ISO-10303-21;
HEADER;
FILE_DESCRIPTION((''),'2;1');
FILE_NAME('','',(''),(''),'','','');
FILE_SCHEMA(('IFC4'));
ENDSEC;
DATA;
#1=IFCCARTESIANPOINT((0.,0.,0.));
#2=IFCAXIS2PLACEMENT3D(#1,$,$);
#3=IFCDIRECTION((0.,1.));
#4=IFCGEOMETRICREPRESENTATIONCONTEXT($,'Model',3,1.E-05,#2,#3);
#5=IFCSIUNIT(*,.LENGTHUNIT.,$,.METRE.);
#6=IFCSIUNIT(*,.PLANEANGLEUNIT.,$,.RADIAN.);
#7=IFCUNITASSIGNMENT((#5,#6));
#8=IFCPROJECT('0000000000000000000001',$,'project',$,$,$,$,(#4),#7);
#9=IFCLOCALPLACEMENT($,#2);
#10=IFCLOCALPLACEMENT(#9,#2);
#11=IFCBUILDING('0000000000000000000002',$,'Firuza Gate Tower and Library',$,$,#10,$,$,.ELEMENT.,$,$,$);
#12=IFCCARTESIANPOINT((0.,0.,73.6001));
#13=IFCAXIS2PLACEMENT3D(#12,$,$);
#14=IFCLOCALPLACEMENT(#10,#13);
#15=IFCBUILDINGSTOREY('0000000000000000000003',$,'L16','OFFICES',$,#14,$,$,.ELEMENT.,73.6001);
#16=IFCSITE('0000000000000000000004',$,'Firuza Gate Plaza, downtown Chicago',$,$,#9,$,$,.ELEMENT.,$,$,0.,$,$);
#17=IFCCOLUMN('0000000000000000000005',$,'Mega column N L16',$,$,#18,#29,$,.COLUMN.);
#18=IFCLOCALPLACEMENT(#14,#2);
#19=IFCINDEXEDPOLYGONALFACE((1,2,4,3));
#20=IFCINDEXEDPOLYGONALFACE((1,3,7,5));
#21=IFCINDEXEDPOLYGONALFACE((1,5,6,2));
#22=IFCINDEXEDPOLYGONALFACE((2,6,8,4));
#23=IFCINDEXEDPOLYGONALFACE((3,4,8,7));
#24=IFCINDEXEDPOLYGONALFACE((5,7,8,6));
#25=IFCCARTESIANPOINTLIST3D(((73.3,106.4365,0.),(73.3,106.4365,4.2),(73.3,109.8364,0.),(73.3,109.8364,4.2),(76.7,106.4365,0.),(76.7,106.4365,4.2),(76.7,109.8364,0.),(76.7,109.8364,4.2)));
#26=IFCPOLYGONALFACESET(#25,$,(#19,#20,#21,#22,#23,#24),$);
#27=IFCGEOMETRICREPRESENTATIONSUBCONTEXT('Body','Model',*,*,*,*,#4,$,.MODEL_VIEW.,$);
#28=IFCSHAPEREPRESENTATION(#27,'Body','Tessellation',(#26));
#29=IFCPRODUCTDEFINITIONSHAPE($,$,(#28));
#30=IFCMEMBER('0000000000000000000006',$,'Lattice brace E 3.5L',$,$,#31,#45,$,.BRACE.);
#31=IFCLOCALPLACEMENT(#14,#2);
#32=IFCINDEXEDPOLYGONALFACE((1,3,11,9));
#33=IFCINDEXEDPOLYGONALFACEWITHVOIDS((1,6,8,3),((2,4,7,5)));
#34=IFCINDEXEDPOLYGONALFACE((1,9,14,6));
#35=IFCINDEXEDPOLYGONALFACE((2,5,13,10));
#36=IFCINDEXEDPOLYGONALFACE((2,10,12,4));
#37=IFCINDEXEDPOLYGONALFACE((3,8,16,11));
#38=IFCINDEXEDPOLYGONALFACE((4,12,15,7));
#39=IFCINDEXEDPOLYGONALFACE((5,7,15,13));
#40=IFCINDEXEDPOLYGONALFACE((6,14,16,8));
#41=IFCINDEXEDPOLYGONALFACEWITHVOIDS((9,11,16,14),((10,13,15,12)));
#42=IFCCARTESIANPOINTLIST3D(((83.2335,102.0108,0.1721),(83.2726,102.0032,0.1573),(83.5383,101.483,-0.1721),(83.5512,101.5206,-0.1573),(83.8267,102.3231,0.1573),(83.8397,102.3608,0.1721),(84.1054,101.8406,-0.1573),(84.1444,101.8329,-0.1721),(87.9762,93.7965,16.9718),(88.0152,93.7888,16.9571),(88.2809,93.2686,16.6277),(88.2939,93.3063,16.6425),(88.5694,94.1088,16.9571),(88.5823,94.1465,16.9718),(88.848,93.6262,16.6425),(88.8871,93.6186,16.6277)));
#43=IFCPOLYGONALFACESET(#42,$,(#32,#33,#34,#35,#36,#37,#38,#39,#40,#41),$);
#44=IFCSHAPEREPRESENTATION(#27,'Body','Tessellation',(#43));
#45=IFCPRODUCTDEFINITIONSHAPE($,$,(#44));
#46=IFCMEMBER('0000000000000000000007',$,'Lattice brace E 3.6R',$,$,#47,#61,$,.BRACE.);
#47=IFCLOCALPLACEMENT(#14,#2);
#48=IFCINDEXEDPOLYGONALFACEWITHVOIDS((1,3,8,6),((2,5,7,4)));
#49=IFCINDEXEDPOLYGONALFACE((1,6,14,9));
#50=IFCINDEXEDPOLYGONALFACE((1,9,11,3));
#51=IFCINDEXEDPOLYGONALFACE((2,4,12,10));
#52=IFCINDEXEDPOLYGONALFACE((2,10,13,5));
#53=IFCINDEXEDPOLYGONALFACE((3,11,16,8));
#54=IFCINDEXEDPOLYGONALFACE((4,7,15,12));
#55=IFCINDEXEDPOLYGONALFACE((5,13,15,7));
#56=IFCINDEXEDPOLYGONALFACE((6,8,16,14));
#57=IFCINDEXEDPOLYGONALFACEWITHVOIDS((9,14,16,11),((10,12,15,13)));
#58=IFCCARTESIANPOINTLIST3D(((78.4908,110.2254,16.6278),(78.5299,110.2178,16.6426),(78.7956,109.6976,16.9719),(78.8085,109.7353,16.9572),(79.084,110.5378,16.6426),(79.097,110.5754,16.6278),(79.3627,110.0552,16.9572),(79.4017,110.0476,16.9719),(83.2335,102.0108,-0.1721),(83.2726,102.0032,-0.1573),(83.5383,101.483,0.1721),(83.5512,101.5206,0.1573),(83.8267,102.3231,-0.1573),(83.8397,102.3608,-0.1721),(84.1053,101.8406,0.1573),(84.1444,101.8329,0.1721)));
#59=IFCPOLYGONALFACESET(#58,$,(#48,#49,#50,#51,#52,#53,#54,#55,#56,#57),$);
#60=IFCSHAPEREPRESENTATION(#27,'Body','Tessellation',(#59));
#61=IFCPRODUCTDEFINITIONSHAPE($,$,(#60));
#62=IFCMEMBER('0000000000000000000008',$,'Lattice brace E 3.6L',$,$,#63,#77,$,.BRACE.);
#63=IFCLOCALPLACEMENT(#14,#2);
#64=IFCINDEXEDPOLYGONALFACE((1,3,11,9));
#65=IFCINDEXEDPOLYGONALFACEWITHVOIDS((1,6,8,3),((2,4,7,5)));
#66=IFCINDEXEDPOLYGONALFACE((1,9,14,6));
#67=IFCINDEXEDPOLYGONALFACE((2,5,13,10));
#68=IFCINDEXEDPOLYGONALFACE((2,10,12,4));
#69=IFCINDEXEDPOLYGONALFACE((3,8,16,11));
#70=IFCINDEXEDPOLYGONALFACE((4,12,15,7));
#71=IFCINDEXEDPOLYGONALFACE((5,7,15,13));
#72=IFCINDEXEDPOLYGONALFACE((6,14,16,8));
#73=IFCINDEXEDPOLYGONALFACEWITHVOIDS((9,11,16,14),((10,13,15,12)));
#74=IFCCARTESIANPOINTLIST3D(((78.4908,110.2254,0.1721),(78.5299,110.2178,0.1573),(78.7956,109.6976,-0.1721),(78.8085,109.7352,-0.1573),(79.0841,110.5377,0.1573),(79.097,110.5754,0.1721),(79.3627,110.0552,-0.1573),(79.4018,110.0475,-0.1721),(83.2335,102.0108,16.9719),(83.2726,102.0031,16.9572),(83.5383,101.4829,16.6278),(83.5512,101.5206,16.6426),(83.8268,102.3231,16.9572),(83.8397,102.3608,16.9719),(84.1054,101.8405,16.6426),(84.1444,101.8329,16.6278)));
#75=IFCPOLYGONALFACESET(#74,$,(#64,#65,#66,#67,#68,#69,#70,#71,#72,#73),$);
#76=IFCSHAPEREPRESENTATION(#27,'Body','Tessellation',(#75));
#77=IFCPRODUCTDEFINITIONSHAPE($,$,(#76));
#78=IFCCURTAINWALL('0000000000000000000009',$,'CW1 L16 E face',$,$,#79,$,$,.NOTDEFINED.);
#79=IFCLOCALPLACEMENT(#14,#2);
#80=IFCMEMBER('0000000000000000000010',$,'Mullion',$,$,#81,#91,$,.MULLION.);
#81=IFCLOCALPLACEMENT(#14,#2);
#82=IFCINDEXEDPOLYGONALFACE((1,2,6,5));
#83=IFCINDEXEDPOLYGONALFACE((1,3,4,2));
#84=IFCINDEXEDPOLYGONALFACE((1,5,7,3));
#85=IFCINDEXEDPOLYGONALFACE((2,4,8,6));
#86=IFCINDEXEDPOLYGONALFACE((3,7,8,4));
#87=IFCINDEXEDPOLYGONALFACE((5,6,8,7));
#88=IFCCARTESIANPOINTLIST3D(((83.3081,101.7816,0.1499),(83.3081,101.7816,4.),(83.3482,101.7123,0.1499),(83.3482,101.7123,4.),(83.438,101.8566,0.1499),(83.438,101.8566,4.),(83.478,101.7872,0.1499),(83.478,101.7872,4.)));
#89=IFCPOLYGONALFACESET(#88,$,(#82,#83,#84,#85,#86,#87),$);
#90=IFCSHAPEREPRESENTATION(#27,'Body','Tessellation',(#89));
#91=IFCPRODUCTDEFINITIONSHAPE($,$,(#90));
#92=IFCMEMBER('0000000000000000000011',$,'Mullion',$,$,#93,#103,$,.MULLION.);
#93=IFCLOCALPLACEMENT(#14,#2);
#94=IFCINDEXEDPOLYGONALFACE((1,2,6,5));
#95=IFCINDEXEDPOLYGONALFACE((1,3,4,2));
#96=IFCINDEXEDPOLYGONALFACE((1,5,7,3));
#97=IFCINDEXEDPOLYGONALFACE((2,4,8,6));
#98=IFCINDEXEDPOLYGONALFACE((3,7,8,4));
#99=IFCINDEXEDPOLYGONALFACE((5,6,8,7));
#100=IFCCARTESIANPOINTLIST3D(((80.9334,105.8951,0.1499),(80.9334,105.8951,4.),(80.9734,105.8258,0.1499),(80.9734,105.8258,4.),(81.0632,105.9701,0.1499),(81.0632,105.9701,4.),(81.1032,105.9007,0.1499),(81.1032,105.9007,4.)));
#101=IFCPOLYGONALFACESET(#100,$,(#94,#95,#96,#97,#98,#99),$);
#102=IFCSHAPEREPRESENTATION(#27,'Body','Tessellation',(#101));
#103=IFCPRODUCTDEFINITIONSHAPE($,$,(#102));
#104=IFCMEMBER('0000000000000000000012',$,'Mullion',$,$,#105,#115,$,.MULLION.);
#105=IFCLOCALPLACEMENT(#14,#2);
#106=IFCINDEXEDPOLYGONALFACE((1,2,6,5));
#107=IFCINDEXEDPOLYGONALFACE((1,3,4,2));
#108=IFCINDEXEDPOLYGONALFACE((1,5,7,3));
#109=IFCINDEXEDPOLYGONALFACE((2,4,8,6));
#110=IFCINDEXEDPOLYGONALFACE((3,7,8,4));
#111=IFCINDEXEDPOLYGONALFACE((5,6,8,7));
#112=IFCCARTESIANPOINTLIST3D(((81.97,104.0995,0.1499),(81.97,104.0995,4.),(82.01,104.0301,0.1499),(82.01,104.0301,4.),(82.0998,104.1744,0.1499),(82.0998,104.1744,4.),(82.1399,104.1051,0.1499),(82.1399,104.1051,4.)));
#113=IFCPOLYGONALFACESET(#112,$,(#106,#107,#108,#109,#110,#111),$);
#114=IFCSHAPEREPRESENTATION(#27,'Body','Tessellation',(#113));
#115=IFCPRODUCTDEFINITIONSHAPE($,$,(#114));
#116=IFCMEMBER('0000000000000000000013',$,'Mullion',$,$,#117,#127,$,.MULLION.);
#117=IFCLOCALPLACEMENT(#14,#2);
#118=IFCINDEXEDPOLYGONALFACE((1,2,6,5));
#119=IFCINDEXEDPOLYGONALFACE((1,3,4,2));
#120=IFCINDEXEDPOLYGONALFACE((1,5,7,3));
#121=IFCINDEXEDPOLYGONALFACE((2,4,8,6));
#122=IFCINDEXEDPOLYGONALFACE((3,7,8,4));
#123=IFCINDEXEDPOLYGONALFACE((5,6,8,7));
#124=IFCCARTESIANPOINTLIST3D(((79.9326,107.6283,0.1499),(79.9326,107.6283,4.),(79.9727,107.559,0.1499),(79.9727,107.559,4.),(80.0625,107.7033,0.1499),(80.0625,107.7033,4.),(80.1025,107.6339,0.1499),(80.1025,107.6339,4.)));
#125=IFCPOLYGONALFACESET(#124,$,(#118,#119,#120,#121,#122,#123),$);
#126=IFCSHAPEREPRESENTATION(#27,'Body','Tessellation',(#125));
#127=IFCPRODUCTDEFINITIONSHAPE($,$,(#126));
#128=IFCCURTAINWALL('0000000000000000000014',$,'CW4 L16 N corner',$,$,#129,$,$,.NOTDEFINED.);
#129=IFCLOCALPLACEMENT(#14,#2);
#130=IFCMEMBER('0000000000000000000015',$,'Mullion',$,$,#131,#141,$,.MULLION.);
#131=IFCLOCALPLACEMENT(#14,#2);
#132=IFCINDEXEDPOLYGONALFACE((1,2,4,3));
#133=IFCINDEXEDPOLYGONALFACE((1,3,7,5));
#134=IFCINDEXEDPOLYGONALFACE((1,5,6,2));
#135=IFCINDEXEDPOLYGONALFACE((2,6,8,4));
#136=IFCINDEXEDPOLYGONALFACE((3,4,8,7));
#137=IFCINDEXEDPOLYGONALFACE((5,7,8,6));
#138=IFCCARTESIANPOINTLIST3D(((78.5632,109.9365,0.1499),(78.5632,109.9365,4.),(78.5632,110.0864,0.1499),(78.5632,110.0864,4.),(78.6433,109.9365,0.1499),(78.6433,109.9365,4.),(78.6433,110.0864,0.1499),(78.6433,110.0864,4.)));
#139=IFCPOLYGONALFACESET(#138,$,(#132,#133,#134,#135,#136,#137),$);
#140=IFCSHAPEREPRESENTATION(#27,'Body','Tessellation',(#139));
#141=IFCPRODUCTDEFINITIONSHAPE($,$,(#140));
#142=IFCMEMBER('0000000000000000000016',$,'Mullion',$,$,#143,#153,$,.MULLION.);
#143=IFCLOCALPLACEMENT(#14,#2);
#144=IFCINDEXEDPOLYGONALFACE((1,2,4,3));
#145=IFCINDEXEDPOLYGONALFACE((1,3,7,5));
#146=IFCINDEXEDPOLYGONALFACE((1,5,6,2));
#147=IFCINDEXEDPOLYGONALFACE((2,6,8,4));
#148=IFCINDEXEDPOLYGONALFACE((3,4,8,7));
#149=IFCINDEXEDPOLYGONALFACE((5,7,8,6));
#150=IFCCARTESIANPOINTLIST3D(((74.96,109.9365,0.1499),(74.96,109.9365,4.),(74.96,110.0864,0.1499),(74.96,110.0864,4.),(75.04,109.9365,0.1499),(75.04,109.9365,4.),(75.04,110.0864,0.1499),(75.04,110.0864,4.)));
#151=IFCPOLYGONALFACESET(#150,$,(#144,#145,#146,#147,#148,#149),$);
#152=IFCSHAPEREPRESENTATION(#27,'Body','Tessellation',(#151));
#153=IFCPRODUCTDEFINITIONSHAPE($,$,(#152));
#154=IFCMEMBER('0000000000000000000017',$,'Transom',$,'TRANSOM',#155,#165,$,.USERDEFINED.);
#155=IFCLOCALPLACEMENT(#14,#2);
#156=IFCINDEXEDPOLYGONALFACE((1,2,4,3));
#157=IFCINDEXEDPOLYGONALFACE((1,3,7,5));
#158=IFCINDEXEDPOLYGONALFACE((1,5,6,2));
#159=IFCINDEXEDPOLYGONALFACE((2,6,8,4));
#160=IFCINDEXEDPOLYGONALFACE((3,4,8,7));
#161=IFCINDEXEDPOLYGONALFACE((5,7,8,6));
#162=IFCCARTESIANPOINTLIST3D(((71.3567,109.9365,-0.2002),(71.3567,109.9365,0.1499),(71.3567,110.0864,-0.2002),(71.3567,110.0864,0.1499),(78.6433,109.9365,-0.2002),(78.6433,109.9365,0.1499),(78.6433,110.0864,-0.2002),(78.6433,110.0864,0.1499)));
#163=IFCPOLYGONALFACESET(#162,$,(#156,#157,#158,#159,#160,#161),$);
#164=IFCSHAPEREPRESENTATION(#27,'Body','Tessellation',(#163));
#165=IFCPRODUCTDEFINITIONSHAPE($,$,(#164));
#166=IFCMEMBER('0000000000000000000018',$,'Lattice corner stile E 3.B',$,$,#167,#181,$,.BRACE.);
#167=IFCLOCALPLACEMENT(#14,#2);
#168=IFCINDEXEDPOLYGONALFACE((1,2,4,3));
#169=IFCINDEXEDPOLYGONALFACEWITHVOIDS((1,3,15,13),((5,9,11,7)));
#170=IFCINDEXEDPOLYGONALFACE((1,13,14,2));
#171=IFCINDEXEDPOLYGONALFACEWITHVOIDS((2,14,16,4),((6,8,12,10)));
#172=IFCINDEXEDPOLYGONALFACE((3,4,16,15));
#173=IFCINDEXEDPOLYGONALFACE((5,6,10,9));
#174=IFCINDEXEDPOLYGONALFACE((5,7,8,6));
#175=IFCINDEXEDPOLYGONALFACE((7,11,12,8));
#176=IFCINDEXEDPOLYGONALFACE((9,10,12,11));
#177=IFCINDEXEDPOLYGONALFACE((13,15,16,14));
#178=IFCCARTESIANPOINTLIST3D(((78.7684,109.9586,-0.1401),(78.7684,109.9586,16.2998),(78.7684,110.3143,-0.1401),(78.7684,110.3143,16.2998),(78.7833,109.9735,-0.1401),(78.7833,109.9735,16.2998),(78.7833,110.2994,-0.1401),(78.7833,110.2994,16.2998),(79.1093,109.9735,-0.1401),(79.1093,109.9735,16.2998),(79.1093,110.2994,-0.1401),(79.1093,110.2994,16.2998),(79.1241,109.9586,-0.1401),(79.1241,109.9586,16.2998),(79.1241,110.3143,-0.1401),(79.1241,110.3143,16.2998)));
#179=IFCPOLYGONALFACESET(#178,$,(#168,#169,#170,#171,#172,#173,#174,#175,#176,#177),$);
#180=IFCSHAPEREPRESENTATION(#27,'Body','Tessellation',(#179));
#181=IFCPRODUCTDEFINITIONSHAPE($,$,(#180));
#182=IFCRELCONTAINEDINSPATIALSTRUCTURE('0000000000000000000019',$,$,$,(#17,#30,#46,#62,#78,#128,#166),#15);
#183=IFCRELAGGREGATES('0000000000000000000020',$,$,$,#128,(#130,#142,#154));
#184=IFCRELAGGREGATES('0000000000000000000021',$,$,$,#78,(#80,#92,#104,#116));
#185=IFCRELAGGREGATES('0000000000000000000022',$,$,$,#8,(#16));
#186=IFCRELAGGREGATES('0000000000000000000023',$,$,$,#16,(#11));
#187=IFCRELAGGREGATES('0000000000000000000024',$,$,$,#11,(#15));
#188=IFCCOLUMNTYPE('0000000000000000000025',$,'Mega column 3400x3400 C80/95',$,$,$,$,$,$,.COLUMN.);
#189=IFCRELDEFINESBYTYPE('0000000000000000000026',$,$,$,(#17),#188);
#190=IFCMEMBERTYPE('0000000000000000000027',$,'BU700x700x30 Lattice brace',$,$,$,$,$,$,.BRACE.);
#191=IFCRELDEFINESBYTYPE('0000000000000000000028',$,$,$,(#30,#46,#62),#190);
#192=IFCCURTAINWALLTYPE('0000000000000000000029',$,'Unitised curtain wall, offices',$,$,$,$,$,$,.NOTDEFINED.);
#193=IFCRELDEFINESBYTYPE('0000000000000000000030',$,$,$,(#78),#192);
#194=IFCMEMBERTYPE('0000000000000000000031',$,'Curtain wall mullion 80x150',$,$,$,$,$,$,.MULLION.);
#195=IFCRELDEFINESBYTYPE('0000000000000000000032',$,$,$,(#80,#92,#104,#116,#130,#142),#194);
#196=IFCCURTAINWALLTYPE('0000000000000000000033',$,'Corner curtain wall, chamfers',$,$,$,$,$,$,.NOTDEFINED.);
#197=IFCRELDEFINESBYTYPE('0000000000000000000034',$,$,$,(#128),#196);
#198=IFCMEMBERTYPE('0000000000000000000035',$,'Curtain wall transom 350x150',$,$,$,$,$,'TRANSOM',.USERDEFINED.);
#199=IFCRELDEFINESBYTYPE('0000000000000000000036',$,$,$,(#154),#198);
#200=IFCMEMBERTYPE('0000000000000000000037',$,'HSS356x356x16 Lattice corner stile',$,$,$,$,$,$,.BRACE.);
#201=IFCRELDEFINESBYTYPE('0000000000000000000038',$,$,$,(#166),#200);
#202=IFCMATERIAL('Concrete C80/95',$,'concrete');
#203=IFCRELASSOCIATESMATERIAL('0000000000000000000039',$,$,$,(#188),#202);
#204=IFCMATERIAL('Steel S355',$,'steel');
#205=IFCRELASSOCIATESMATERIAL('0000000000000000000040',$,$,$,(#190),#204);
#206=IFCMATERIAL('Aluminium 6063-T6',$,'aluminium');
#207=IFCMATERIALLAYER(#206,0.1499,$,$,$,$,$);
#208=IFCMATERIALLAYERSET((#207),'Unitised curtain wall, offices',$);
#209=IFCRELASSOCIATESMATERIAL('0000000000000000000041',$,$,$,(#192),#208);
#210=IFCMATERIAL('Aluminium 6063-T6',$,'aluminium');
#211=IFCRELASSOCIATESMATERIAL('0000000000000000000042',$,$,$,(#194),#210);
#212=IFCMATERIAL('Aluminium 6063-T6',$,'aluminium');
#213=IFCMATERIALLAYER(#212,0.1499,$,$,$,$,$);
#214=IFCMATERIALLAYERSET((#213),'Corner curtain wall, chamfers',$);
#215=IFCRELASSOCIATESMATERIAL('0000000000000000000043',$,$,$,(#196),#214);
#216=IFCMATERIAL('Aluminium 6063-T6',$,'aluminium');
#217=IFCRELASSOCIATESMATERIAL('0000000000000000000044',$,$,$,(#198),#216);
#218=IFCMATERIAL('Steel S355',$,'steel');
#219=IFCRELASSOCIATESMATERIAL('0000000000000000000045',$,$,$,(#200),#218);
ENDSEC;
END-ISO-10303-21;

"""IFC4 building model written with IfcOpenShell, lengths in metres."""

from ifc_helpers import new_model, si_unit, direction, frame, origin, origin_2d, place, context, subcontext, project, spatial, rectangle, hollow_rectangle, extrude, material, layer, layer_set, material_profile, profile_set, type_object, element, aggregate, save


model = new_model("IFC4")

# Units and contexts
model_context = context("Model", 3, precision=1e-05, world=origin(), true_north=direction((0.0, 1.0)))
body_context = subcontext(model_context, "Body", "Model", "MODEL_VIEW")
ifc_project = project(units=[si_unit("LENGTHUNIT", "METRE"), si_unit("PLANEANGLEUNIT", "RADIAN")], contexts=[model_context])

# Site, building, storey
site_placement = place(None, origin())
site = spatial("IfcSite", under=ifc_project, at=site_placement, Name="Firuza Gate Plaza, downtown Chicago", CompositionType="ELEMENT", RefElevation=0.0)
building_placement = place(site_placement, origin())
building = spatial("IfcBuilding", under=site, at=building_placement, Name="Firuza Gate Tower and Library", CompositionType="ELEMENT")
storey_placement = place(building_placement, frame((0.0, 0.0, 73.6001)))
storey = spatial("IfcBuildingStorey", under=building, at=storey_placement, Name="L16", Description="OFFICES", CompositionType="ELEMENT", Elevation=73.6001)

# Column
ifc_material_1 = material(Name="Concrete C80/95", Category="concrete")
ifc_material_profile_1 = material_profile(ifc_material_1, rectangle(XDim=3.3999, YDim=3.3999, at=origin_2d()))
ifc_profile_set_1 = profile_set([ifc_material_profile_1], Name="Concrete C80/95")
column_type = type_object("IfcColumnType", Name="Mega column 3400x3400 C80/95", PredefinedType="COLUMN", material=ifc_profile_set_1)
column_placement = place(storey_placement, frame((75.0, 108.1365, 0.0), z_axis=(0.0, 0.0, 1.0), x_axis=(-1.0, 0.0, 0.0)))
element("IfcColumn", 1, at=column_placement, inside=storey, type_object=column_type, Name="Mega column N L16", PredefinedType="COLUMN", context=body_context, shape_type="SweptSolid", body=[
    extrude(rectangle(XDim=3.3999, YDim=3.3999, at=origin_2d()), origin(), (0.0, 0.0, 1.0), 4.2),
])

# Members
ifc_material_2 = material(Name="Steel S355", Category="steel")
ifc_material_profile_2 = material_profile(ifc_material_2, hollow_rectangle(XDim=0.7, YDim=0.7, WallThickness=0.03, at=origin_2d()))
ifc_profile_set_2 = profile_set([ifc_material_profile_2], Name="Steel S355")
member_type_1 = type_object("IfcMemberType", Name="BU700x700x30 Lattice brace", PredefinedType="BRACE", material=ifc_profile_set_2)
member_1_placement = place(storey_placement, frame((83.689, 101.9219, 0.0), z_axis=(0.24583, -0.425779, 0.870793), x_axis=(0.86602, 0.500009, 0.0)))
element("IfcMember", 2, at=member_1_placement, inside=storey, type_object=member_type_1, Name="Lattice brace E 3.5L", PredefinedType="BRACE", context=body_context, shape_type="SweptSolid", body=[
    extrude(hollow_rectangle(XDim=0.7, YDim=0.7, WallThickness=0.03, at=origin_2d()), origin(), (0.0, 0.0, 1.0), 19.2925),
])
for number, where, z_axis, x_axis, name in (
    (3, (83.689, 101.9219, 0.0), (-0.245828, 0.425789, 0.870788), (-0.866027, -0.499998, 0.0), "Lattice brace E 3.6R"),
    (4, (78.9463, 110.1365, 0.0), (0.245828, -0.425789, 0.870788), (0.866027, 0.499998, 0.0), "Lattice brace E 3.6L"),
):
    element("IfcMember", number, at=place(storey_placement, frame(where, z_axis=z_axis, x_axis=x_axis)), inside=storey, type_object=member_type_1, Name=name, PredefinedType="BRACE", context=body_context, shape_type="SweptSolid", body=[
        extrude(hollow_rectangle(XDim=0.7, YDim=0.7, WallThickness=0.03, at=origin_2d()), origin(), (0.0, 0.0, 1.0), 19.2927),
    ])

# Curtain walls, members
ifc_material_3 = material(Name="Aluminium 6063-T6", Category="aluminium")
ifc_layer_1 = layer(ifc_material_3, 0.1499)
ifc_layer_set_1 = layer_set([ifc_layer_1], Name="Unitised curtain wall, offices")
curtain_wall_type_1 = type_object("IfcCurtainWallType", Name="Unitised curtain wall, offices", PredefinedType="NOTDEFINED", material=ifc_layer_set_1)
placement = place(storey_placement, origin())
curtain_wall_1 = element("IfcCurtainWall", 5, at=placement, inside=storey, type_object=curtain_wall_type_1, Name="CW1 L16 E face", PredefinedType="NOTDEFINED")
ifc_material_4 = material(Name="Aluminium 6063-T6", Category="aluminium")
ifc_material_profile_3 = material_profile(ifc_material_4, rectangle(XDim=0.1499, YDim=0.0801, at=origin_2d()))
ifc_profile_set_3 = profile_set([ifc_material_profile_3], Name="Aluminium 6063-T6")
member_type_2 = type_object("IfcMemberType", Name="Curtain wall mullion 80x150", PredefinedType="MULLION", material=ifc_profile_set_3)
member_2_placement = place(storey_placement, frame((83.3931, 101.7844, 0.1499), z_axis=(0.0, 0.0, 1.0), x_axis=(-0.866025, -0.5, 0.0)))
member_2 = element("IfcMember", 6, at=member_2_placement, type_object=member_type_2, Name="Mullion", PredefinedType="MULLION", context=body_context, shape_type="SweptSolid", body=[
    extrude(rectangle(XDim=0.1499, YDim=0.0801, at=origin_2d()), origin(), (0.0, 0.0, 1.0), 3.8501),
])
member_3_placement = place(storey_placement, frame((81.0183, 105.8979, 0.1499), z_axis=(0.0, 0.0, 1.0), x_axis=(-0.866025, -0.5, 0.0)))
member_3 = element("IfcMember", 7, at=member_3_placement, type_object=member_type_2, Name="Mullion", PredefinedType="MULLION", context=body_context, shape_type="SweptSolid", body=[
    extrude(rectangle(XDim=0.1499, YDim=0.0801, at=origin_2d()), origin(), (0.0, 0.0, 1.0), 3.8501),
])
member_4_placement = place(storey_placement, frame((82.0549, 104.1023, 0.1499), z_axis=(0.0, 0.0, 1.0), x_axis=(-0.866025, -0.5, 0.0)))
member_4 = element("IfcMember", 8, at=member_4_placement, type_object=member_type_2, Name="Mullion", PredefinedType="MULLION", context=body_context, shape_type="SweptSolid", body=[
    extrude(rectangle(XDim=0.1499, YDim=0.0801, at=origin_2d()), origin(), (0.0, 0.0, 1.0), 3.8501),
])
member_5_placement = place(storey_placement, frame((80.0176, 107.6311, 0.1499), z_axis=(0.0, 0.0, 1.0), x_axis=(-0.866025, -0.5, 0.0)))
member_5 = element("IfcMember", 9, at=member_5_placement, type_object=member_type_2, Name="Mullion", PredefinedType="MULLION", context=body_context, shape_type="SweptSolid", body=[
    extrude(rectangle(XDim=0.1499, YDim=0.0801, at=origin_2d()), origin(), (0.0, 0.0, 1.0), 3.8501),
])
ifc_material_5 = material(Name="Aluminium 6063-T6", Category="aluminium")
ifc_layer_2 = layer(ifc_material_5, 0.1499)
ifc_layer_set_2 = layer_set([ifc_layer_2], Name="Corner curtain wall, chamfers")
curtain_wall_type_2 = type_object("IfcCurtainWallType", Name="Corner curtain wall, chamfers", PredefinedType="NOTDEFINED", material=ifc_layer_set_2)
curtain_wall_2 = element("IfcCurtainWall", 10, at=placement, inside=storey, type_object=curtain_wall_type_2, Name="CW4 L16 N corner", PredefinedType="NOTDEFINED")
member_6_placement = place(storey_placement, frame((78.6033, 110.0115, 0.1499), z_axis=(0.0, 0.0, 1.0), x_axis=(0.0, -1.0, 0.0)))
member_6 = element("IfcMember", 11, at=member_6_placement, type_object=member_type_2, Name="Mullion", PredefinedType="MULLION", context=body_context, shape_type="SweptSolid", body=[
    extrude(rectangle(XDim=0.1499, YDim=0.0801, at=origin_2d()), origin(), (0.0, 0.0, 1.0), 3.8501),
])
member_7_placement = place(storey_placement, frame((75.0, 110.0115, 0.1499), z_axis=(0.0, 0.0, 1.0), x_axis=(0.0, -1.0, 0.0)))
member_7 = element("IfcMember", 12, at=member_7_placement, type_object=member_type_2, Name="Mullion", PredefinedType="MULLION", context=body_context, shape_type="SweptSolid", body=[
    extrude(rectangle(XDim=0.1499, YDim=0.0801, at=origin_2d()), origin(), (0.0, 0.0, 1.0), 3.8501),
])
ifc_material_6 = material(Name="Aluminium 6063-T6", Category="aluminium")
ifc_material_profile_4 = material_profile(ifc_material_6, rectangle(XDim=0.1499, YDim=0.3501, at=origin_2d()))
ifc_profile_set_4 = profile_set([ifc_material_profile_4], Name="Aluminium 6063-T6")
member_type_3 = type_object("IfcMemberType", Name="Curtain wall transom 350x150", ElementType="TRANSOM", PredefinedType="USERDEFINED", material=ifc_profile_set_4)
member_8_placement = place(storey_placement, frame((78.6433, 110.0115, -0.0251), z_axis=(-1.0, 0.0, 0.0), x_axis=(0.0, -1.0, 0.0)))
member_8 = element("IfcMember", 13, at=member_8_placement, type_object=member_type_3, Name="Transom", ObjectType="TRANSOM", PredefinedType="USERDEFINED", context=body_context, shape_type="SweptSolid", body=[
    extrude(rectangle(XDim=0.1499, YDim=0.3501, at=origin_2d()), origin(), (0.0, 0.0, 1.0), 7.2866),
])

# Member
ifc_material_7 = material(Name="Steel S355", Category="steel")
ifc_material_profile_5 = material_profile(ifc_material_7, hollow_rectangle(XDim=0.3557, YDim=0.3557, WallThickness=0.0149, at=origin_2d()))
ifc_profile_set_5 = profile_set([ifc_material_profile_5], Name="Steel S355")
member_type_4 = type_object("IfcMemberType", Name="HSS356x356x16 Lattice corner stile", PredefinedType="BRACE", material=ifc_profile_set_5)
member_9_placement = place(storey_placement, frame((78.9463, 110.1365, -0.1401), z_axis=(0.0, 0.0, 1.0), x_axis=(1.0, 0.0, 0.0)))
element("IfcMember", 14, at=member_9_placement, inside=storey, type_object=member_type_4, Name="Lattice corner stile E 3.B", PredefinedType="BRACE", context=body_context, shape_type="SweptSolid", body=[
    extrude(hollow_rectangle(XDim=0.3557, YDim=0.3557, WallThickness=0.0149, at=origin_2d()), origin(), (0.0, 0.0, 1.0), 16.4399),
])

aggregate(curtain_wall_2, [member_6, member_7, member_8])
aggregate(curtain_wall_1, [member_2, member_3, member_4, member_5])

save(model, "model.ifc")
